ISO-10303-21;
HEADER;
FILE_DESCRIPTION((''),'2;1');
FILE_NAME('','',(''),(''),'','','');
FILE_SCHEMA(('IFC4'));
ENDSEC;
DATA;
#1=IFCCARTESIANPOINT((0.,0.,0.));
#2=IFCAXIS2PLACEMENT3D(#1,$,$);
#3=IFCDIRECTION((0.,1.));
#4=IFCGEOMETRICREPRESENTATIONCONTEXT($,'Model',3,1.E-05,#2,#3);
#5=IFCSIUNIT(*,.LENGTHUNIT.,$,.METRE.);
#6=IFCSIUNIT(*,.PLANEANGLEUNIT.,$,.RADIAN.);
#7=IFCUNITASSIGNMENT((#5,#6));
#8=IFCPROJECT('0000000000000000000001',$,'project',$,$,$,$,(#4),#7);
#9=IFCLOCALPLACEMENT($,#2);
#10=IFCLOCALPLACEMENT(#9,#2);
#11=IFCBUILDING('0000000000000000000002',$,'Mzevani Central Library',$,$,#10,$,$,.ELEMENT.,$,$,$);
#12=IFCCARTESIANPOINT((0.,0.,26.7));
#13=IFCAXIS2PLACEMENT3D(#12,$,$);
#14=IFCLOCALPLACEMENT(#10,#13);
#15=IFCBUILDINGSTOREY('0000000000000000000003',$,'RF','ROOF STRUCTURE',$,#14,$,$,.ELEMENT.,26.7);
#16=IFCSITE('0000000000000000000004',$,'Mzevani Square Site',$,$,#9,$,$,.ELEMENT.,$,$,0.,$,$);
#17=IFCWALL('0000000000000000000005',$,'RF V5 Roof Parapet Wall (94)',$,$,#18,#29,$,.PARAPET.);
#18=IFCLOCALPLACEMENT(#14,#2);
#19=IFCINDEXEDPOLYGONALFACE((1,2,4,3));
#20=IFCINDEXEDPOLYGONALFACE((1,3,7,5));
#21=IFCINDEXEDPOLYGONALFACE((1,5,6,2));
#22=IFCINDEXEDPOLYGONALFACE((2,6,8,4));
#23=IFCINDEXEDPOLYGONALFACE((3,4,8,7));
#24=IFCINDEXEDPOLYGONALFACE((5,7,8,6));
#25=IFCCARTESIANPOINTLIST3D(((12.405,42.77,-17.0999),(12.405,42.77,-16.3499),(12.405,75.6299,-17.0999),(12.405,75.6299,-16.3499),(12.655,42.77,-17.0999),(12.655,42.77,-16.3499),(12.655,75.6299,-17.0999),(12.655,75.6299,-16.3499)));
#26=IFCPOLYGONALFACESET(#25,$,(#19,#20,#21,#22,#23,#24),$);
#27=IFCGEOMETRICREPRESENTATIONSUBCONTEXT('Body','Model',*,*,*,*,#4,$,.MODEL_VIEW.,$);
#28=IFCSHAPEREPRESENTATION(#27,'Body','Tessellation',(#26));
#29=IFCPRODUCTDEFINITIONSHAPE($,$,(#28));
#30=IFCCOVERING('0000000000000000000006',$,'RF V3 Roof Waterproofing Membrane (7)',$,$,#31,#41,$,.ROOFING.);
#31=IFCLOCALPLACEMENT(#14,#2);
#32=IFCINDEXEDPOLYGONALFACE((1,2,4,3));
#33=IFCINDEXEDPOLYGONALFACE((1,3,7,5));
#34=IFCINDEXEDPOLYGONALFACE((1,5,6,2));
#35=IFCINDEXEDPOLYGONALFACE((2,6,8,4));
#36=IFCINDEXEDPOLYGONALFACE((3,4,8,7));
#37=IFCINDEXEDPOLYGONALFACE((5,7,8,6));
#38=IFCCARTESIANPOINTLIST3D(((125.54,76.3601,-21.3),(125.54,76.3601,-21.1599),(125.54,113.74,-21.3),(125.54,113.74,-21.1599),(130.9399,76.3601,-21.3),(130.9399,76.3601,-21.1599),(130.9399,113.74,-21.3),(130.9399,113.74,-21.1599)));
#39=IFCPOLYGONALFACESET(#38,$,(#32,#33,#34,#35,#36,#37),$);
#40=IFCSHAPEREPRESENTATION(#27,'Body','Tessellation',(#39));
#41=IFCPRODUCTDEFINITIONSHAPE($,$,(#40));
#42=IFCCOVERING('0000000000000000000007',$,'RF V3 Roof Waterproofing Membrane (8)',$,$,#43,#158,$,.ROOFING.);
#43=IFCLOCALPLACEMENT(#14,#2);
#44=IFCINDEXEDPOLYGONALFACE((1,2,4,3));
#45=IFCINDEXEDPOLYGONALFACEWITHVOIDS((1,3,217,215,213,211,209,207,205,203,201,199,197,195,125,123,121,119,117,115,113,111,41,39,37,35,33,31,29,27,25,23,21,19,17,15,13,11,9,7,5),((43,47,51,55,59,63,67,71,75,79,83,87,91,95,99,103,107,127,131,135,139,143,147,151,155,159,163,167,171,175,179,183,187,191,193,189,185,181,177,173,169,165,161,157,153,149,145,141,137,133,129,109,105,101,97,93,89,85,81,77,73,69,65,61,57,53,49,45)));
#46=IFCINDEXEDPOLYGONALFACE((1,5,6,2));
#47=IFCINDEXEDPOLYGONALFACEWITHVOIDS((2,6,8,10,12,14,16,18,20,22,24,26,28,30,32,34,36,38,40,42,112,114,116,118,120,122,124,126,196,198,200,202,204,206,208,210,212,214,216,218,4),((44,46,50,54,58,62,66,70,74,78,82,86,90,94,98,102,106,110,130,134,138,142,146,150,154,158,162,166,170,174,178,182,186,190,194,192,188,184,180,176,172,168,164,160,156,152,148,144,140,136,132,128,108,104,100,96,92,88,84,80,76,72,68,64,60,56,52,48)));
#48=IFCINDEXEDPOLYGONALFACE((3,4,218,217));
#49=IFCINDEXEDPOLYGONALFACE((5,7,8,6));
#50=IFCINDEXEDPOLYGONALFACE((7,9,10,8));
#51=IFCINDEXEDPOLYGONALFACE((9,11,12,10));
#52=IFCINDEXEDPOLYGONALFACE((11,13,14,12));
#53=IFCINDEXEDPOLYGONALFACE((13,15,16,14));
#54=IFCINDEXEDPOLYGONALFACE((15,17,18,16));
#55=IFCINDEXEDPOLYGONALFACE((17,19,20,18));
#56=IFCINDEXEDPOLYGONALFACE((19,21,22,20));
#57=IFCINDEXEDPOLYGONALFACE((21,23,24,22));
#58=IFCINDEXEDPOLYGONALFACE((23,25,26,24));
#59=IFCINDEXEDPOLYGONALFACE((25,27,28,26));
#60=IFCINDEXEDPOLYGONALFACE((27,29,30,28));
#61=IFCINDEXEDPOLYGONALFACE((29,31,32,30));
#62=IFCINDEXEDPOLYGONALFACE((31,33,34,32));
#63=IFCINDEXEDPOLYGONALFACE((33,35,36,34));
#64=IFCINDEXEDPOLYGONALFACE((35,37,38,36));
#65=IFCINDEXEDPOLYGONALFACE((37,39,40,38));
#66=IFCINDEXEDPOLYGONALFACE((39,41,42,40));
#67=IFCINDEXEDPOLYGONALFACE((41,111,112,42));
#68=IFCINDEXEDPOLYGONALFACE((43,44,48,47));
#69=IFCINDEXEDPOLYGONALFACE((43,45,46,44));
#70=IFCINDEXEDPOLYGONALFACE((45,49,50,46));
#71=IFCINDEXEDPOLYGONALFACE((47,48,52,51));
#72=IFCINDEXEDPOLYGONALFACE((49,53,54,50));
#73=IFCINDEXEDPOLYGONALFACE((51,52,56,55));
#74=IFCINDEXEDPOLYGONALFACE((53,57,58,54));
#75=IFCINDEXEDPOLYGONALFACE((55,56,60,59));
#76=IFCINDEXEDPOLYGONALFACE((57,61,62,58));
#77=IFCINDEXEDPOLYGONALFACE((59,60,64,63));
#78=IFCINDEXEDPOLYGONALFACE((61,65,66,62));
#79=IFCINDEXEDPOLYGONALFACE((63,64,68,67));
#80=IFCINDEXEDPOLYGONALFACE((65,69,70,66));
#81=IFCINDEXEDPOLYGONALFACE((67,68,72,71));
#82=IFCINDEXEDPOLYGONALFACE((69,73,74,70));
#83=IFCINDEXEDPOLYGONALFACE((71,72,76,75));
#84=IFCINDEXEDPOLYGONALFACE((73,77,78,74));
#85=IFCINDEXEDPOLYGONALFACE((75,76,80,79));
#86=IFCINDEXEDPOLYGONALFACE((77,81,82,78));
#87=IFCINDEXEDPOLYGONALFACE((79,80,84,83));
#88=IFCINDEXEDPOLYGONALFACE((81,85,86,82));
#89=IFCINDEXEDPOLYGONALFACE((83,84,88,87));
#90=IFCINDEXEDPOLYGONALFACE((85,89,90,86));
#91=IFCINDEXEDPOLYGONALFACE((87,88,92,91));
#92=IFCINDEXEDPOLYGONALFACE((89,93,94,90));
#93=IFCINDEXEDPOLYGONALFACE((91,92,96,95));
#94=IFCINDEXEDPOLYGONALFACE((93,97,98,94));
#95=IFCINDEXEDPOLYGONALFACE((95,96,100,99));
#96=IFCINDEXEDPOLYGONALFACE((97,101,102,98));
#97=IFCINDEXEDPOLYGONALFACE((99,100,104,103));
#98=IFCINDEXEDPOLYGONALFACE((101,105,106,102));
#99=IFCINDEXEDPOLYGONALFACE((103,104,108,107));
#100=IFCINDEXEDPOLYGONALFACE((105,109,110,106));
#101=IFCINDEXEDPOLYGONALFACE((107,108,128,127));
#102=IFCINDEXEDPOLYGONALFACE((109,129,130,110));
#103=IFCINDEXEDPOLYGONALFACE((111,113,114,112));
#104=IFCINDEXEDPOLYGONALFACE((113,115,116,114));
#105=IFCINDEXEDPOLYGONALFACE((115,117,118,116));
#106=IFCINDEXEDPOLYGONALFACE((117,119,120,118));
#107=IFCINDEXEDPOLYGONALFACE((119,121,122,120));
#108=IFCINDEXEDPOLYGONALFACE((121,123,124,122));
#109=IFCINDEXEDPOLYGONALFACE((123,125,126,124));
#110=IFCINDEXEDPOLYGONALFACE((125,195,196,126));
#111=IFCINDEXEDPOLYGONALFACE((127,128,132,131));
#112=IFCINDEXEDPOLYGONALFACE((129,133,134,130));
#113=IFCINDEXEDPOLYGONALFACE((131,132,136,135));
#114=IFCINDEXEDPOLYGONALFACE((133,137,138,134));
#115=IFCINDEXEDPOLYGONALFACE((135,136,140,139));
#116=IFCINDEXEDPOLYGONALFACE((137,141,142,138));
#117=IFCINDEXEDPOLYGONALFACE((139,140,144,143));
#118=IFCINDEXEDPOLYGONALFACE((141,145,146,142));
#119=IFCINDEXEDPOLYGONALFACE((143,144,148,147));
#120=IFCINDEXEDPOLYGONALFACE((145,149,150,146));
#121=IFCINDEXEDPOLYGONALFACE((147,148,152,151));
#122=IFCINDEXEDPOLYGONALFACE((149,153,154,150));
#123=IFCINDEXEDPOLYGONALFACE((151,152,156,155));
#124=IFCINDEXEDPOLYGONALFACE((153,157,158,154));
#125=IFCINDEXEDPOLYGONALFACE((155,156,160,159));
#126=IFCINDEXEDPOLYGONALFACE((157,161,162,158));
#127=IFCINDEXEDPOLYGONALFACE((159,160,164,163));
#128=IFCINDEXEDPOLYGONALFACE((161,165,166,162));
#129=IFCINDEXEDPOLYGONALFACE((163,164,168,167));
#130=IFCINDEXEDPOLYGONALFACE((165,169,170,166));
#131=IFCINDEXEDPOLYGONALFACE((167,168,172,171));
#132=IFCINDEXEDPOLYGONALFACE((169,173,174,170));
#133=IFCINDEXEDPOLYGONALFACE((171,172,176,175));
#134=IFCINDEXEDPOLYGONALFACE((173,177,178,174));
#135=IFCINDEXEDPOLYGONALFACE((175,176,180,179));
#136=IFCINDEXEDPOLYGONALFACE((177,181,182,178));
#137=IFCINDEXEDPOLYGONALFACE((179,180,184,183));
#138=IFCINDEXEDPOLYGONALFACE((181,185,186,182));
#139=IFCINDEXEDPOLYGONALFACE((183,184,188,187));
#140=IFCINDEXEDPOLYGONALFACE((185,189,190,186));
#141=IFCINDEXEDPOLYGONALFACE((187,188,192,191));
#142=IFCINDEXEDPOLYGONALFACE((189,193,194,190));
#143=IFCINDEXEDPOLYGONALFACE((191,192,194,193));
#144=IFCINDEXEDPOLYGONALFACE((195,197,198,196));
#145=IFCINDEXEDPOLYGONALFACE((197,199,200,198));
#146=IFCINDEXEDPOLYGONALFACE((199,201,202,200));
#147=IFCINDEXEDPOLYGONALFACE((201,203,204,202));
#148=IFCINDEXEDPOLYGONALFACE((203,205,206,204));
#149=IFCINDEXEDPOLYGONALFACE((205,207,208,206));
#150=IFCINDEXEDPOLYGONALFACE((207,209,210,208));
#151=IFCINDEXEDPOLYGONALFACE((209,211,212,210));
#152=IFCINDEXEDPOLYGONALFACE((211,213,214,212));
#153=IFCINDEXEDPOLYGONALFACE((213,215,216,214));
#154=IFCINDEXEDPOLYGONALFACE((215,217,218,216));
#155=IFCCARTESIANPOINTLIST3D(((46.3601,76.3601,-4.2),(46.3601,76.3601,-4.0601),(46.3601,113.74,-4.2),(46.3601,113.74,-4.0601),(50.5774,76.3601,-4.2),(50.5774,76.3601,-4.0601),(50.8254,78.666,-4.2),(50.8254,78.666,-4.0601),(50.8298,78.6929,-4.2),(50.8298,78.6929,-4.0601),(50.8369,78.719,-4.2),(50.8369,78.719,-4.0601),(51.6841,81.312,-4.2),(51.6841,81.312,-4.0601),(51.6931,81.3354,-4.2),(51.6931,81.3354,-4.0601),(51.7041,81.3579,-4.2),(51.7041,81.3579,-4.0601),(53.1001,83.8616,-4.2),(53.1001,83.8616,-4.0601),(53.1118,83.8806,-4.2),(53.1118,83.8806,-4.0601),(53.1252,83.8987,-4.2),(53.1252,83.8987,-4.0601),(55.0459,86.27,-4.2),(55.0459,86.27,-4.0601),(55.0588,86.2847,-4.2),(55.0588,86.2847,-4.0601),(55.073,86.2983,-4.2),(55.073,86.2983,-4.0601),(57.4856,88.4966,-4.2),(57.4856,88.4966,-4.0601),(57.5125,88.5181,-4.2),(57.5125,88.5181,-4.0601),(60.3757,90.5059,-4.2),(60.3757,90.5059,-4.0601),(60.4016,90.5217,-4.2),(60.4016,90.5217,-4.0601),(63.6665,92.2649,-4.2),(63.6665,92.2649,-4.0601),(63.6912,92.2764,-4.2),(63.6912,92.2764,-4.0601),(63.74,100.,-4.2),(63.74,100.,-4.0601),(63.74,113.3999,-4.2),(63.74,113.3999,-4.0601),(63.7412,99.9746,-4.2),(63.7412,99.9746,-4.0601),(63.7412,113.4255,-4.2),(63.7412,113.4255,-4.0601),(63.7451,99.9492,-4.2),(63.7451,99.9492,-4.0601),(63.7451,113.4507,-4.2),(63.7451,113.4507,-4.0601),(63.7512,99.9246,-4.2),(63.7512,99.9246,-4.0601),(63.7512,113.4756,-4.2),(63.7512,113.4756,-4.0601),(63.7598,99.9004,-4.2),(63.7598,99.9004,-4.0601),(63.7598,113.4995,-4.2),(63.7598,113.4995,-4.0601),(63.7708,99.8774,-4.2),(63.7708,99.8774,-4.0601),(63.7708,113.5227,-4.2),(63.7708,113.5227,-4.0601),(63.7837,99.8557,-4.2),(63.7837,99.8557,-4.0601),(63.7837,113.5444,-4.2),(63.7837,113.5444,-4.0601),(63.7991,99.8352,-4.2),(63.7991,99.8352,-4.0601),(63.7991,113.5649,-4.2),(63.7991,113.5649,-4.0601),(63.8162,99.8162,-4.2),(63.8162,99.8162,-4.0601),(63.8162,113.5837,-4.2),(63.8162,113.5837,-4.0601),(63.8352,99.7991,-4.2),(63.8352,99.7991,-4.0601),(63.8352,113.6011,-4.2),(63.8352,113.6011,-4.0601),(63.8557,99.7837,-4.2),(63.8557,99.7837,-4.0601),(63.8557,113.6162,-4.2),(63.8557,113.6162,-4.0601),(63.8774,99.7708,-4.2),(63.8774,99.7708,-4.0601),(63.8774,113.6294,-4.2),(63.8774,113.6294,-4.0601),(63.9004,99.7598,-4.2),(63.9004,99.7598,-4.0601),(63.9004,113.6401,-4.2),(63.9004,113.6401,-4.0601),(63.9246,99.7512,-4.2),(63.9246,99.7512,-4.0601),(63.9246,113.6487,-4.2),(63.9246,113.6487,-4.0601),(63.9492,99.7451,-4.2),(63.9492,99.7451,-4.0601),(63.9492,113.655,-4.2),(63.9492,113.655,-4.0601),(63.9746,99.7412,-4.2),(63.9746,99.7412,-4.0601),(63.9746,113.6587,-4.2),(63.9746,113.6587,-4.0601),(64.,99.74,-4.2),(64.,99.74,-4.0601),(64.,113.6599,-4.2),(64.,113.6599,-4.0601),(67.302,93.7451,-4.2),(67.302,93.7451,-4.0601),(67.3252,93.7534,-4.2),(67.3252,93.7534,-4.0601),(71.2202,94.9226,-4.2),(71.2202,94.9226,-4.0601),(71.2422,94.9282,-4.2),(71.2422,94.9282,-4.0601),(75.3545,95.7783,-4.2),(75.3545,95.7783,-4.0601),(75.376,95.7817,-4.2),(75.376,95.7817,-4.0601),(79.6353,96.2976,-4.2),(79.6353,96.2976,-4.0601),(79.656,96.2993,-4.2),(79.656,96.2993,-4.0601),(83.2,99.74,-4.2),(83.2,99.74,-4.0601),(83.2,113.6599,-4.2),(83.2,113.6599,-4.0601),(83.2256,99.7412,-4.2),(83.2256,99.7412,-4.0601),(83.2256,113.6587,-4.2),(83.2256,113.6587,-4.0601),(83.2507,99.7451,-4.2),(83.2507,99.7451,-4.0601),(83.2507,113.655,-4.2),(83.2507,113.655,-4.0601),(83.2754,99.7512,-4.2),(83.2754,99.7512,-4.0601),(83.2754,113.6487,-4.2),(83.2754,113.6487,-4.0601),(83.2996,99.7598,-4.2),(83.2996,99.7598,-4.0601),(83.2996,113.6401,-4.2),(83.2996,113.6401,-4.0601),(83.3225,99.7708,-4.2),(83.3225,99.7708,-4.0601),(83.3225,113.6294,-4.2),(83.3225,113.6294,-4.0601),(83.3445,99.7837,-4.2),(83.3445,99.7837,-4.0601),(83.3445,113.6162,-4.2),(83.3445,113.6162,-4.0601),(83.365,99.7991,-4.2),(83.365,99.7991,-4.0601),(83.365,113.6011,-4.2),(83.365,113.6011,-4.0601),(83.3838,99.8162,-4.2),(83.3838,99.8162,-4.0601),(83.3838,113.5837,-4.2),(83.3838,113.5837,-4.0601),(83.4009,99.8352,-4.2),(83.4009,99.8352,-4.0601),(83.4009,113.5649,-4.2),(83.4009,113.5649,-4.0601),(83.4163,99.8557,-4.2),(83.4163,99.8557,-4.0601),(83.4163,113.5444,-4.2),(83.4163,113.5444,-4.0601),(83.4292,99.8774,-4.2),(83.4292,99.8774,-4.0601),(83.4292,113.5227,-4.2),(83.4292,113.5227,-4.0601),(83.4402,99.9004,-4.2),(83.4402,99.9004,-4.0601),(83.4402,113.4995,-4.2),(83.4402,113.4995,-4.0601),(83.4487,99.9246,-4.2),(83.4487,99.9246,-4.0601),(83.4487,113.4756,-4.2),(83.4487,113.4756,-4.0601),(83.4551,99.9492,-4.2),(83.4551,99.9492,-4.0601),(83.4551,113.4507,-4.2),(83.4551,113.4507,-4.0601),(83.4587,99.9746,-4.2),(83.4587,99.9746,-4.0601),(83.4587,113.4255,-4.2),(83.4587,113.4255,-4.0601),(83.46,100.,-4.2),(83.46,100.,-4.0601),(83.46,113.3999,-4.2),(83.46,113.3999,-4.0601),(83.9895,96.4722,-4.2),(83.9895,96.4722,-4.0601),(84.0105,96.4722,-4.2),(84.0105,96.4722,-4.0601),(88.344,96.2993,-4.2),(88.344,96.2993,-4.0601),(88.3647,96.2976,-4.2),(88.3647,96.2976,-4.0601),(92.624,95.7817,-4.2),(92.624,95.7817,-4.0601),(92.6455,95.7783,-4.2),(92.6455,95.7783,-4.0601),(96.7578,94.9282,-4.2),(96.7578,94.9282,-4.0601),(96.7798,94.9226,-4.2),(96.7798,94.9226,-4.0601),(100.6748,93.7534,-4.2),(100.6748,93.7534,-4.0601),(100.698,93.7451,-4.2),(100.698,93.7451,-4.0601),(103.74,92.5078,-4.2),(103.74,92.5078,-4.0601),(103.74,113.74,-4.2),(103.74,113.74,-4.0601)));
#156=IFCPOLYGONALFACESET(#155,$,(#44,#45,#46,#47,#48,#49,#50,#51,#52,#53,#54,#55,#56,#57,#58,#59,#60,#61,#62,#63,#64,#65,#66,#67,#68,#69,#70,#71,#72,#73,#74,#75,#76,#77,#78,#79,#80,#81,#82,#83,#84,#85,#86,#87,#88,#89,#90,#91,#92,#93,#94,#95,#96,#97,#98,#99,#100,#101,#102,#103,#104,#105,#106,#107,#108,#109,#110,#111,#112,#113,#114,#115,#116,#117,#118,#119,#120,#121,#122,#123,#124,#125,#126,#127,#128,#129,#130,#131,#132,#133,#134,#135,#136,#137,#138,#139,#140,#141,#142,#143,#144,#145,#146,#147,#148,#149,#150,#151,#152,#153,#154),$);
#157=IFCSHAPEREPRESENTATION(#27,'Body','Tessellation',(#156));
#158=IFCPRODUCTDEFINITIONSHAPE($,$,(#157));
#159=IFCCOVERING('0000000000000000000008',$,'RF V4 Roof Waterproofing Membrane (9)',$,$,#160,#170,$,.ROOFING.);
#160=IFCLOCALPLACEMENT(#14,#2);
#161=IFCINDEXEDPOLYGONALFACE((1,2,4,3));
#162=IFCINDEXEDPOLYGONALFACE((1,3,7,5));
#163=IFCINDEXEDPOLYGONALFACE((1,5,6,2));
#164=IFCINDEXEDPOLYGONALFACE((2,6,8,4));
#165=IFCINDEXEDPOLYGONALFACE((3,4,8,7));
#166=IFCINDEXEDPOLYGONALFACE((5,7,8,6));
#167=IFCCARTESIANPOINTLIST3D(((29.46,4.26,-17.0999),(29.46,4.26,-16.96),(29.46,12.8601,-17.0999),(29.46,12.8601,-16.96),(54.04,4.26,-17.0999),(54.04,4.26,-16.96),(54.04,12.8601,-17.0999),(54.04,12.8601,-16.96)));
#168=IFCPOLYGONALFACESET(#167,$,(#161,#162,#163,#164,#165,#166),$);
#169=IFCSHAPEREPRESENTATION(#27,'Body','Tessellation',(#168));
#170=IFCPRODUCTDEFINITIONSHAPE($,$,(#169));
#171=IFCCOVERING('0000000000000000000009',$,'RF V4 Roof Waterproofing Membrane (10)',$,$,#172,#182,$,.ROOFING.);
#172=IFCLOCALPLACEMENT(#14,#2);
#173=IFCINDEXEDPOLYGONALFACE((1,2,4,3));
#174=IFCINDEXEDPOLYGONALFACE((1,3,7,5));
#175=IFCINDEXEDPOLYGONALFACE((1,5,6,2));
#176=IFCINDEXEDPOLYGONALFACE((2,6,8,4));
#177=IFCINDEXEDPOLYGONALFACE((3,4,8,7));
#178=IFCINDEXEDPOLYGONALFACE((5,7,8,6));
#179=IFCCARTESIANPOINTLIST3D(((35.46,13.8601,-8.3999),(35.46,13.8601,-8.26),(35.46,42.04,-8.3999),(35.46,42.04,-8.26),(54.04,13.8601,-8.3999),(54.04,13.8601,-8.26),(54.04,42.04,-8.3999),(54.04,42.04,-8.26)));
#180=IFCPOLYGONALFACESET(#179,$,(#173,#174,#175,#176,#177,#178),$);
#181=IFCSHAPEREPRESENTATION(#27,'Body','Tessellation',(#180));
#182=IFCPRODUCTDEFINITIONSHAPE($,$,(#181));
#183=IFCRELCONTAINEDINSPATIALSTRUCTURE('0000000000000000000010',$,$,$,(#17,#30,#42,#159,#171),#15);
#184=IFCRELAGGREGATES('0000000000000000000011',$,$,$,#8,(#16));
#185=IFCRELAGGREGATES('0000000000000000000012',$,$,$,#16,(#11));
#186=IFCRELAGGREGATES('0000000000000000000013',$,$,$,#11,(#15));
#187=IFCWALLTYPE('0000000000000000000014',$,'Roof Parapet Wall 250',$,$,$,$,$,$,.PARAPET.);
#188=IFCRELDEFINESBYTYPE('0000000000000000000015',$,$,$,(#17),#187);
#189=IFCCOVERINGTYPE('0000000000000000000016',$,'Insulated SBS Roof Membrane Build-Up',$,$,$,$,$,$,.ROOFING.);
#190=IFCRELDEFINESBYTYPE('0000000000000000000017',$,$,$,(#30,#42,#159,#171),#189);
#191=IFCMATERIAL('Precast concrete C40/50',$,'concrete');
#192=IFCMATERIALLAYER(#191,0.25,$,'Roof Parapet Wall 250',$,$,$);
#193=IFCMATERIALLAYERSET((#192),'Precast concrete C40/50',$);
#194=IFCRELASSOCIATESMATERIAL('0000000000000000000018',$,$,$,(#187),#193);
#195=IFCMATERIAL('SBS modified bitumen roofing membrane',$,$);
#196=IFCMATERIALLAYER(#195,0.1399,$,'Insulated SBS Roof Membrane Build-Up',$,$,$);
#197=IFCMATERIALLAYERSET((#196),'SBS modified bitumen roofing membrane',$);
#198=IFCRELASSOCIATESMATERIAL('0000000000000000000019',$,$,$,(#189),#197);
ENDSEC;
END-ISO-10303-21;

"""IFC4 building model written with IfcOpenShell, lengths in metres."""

from ifc_helpers import new_model, si_unit, direction, frame, frame_2d, origin, place, context, subcontext, project, spatial, polyline, rectangle, outline, extrude, material, layer, layer_set, type_object, element, save


model = new_model("IFC4")

# Units and contexts
model_context = context("Model", 3, precision=1e-05, world=origin(), true_north=direction((0.0, 1.0)))
body_context = subcontext(model_context, "Body", "Model", "MODEL_VIEW")
ifc_project = project(units=[si_unit("LENGTHUNIT", "METRE"), si_unit("PLANEANGLEUNIT", "RADIAN")], contexts=[model_context])

# Site, building, storey
site_placement = place(None, origin())
site = spatial("IfcSite", under=ifc_project, at=site_placement, Name="Mzevani Square Site", CompositionType="ELEMENT", RefElevation=0.0)
building_placement = place(site_placement, origin())
building = spatial("IfcBuilding", under=site, at=building_placement, Name="Mzevani Central Library", CompositionType="ELEMENT")
storey_placement = place(building_placement, frame((0.0, 0.0, 26.7)))
storey = spatial("IfcBuildingStorey", under=building, at=storey_placement, Name="RF", Description="ROOF STRUCTURE", CompositionType="ELEMENT", Elevation=26.7)

# Shared definitions
ifc_material_1 = material(Name="Precast concrete C40/50", Category="concrete")

# Wall
ifc_layer_1 = layer(ifc_material_1, 0.25, Name="Roof Parapet Wall 250")
ifc_layer_set_1 = layer_set([ifc_layer_1], Name="Precast concrete C40/50")
wall_type = type_object("IfcWallType", Name="Roof Parapet Wall 250", PredefinedType="PARAPET", material=ifc_layer_set_1)
wall_1_placement = place(storey_placement, frame((12.53, 42.77, -17.0999), z_axis=(0.0, 0.0, 1.0), x_axis=(0.0, 1.0, 0.0)))
element("IfcWall", 1, at=wall_1_placement, inside=storey, type_object=wall_type, Name="RF V5 Roof Parapet Wall (94)", PredefinedType="PARAPET", context=body_context, shape_type="SweptSolid", body=[
    extrude(rectangle(XDim=32.8599, YDim=0.25, at=frame_2d((16.4299, 0.0))), origin(), (0.0, 0.0, 1.0), 0.75),
])

# Coverings
ifc_material_2 = material(Name="SBS modified bitumen roofing membrane")
ifc_layer_2 = layer(ifc_material_2, 0.1399, Name="Insulated SBS Roof Membrane Build-Up")
ifc_layer_set_2 = layer_set([ifc_layer_2], Name="SBS modified bitumen roofing membrane")
covering_type = type_object("IfcCoveringType", Name="Insulated SBS Roof Membrane Build-Up", PredefinedType="ROOFING", material=ifc_layer_set_2)
covering_1_placement = place(storey_placement, frame((0.0, 0.0, -21.3)))
element("IfcCovering", 2, at=covering_1_placement, inside=storey, type_object=covering_type, Name="RF V3 Roof Waterproofing Membrane (7)", PredefinedType="ROOFING", context=body_context, shape_type="SweptSolid", body=[
    extrude(outline(polyline([(130.9399, 76.3601), (125.54, 76.3601), (125.54, 113.74), (130.9399, 113.74), (130.9399, 76.3601)])), origin(), (0.0, 0.0, 1.0), 0.1401),
])
covering_2_placement = place(storey_placement, frame((0.0, 0.0, -4.2)))
element("IfcCovering", 3, at=covering_2_placement, inside=storey, type_object=covering_type, Name="RF V3 Roof Waterproofing Membrane (8)", PredefinedType="ROOFING", context=body_context, shape_type="SweptSolid", body=[
    extrude(outline(polyline([(103.74, 113.74), (103.74, 92.5078), (100.698, 93.7451), (100.6748, 93.7534), (96.7798, 94.9226), (96.7578, 94.9282), (92.6455, 95.7783), (92.624, 95.7817), (88.3647, 96.2976), (88.344, 96.2993), (84.0105, 96.4722), (83.9895, 96.4722), (79.656, 96.2993), (79.6353, 96.2976), (75.376, 95.7817), (75.3545, 95.7783), (71.2422, 94.9282), (71.2202, 94.9226), (67.3252, 93.7534), (67.302, 93.7451), (63.6912, 92.2764), (63.6665, 92.2649), (60.4016, 90.5217), (60.3757, 90.5059), (57.5125, 88.5181), (57.4856, 88.4966), (55.073, 86.2983), (55.0588, 86.2847), (55.0459, 86.27), (53.1252, 83.8987), (53.1118, 83.8806), (53.1001, 83.8616), (51.7041, 81.3579), (51.6931, 81.3354), (51.6841, 81.312), (50.8369, 78.719), (50.8298, 78.6929), (50.8254, 78.666), (50.5774, 76.3601), (46.3601, 76.3601), (46.3601, 113.74), (103.74, 113.74)]), holes=[polyline([(83.46, 113.3999), (83.4587, 113.4255), (83.4551, 113.4507), (83.4487, 113.4756), (83.4402, 113.4995), (83.4292, 113.5227), (83.4163, 113.5444), (83.4009, 113.5649), (83.3838, 113.5837), (83.365, 113.6011), (83.3445, 113.6162), (83.3225, 113.6294), (83.2996, 113.6401), (83.2754, 113.6487), (83.2507, 113.655), (83.2256, 113.6587), (83.2, 113.6599), (64.0, 113.6599), (63.9746, 113.6587), (63.9492, 113.655), (63.9246, 113.6487), (63.9004, 113.6401), (63.8774, 113.6294), (63.8557, 113.6162), (63.8352, 113.6011), (63.8162, 113.5837), (63.7991, 113.5649), (63.7837, 113.5444), (63.7708, 113.5227), (63.7598, 113.4995), (63.7512, 113.4756), (63.7451, 113.4507), (63.7412, 113.4255), (63.74, 113.3999), (63.74, 100.0), (63.7412, 99.9746), (63.7451, 99.9492), (63.7512, 99.9246), (63.7598, 99.9004), (63.7708, 99.8774), (63.7837, 99.8557), (63.7991, 99.8352), (63.8162, 99.8162), (63.8352, 99.7991), (63.8557, 99.7837), (63.8774, 99.7708), (63.9004, 99.7598), (63.9246, 99.7512), (63.9492, 99.7451), (63.9746, 99.7412), (64.0, 99.74), (83.2, 99.74), (83.2256, 99.7412), (83.2507, 99.7451), (83.2754, 99.7512), (83.2996, 99.7598), (83.3225, 99.7708), (83.3445, 99.7837), (83.365, 99.7991), (83.3838, 99.8162), (83.4009, 99.8352), (83.4163, 99.8557), (83.4292, 99.8774), (83.4402, 99.9004), (83.4487, 99.9246), (83.4551, 99.9492), (83.4587, 99.9746), (83.46, 100.0), (83.46, 113.3999)])]), origin(), (0.0, 0.0, 1.0), 0.1399),
])
covering_3_placement = place(storey_placement, frame((0.0, 0.0, -17.0999)))
element("IfcCovering", 4, at=covering_3_placement, inside=storey, type_object=covering_type, Name="RF V4 Roof Waterproofing Membrane (9)", PredefinedType="ROOFING", context=body_context, shape_type="SweptSolid", body=[
    extrude(outline(polyline([(29.46, 12.8601), (54.04, 12.8601), (54.04, 4.26), (29.46, 4.26), (29.46, 12.8601)])), origin(), (0.0, 0.0, 1.0), 0.1399),
])
covering_4_placement = place(storey_placement, frame((0.0, 0.0, -8.3999)))
element("IfcCovering", 5, at=covering_4_placement, inside=storey, type_object=covering_type, Name="RF V4 Roof Waterproofing Membrane (10)", PredefinedType="ROOFING", context=body_context, shape_type="SweptSolid", body=[
    extrude(outline(polyline([(35.46, 42.04), (54.04, 42.04), (54.04, 13.8601), (35.46, 13.8601), (35.46, 42.04)])), origin(), (0.0, 0.0, 1.0), 0.1399),
])

save(model, "model.ifc")
